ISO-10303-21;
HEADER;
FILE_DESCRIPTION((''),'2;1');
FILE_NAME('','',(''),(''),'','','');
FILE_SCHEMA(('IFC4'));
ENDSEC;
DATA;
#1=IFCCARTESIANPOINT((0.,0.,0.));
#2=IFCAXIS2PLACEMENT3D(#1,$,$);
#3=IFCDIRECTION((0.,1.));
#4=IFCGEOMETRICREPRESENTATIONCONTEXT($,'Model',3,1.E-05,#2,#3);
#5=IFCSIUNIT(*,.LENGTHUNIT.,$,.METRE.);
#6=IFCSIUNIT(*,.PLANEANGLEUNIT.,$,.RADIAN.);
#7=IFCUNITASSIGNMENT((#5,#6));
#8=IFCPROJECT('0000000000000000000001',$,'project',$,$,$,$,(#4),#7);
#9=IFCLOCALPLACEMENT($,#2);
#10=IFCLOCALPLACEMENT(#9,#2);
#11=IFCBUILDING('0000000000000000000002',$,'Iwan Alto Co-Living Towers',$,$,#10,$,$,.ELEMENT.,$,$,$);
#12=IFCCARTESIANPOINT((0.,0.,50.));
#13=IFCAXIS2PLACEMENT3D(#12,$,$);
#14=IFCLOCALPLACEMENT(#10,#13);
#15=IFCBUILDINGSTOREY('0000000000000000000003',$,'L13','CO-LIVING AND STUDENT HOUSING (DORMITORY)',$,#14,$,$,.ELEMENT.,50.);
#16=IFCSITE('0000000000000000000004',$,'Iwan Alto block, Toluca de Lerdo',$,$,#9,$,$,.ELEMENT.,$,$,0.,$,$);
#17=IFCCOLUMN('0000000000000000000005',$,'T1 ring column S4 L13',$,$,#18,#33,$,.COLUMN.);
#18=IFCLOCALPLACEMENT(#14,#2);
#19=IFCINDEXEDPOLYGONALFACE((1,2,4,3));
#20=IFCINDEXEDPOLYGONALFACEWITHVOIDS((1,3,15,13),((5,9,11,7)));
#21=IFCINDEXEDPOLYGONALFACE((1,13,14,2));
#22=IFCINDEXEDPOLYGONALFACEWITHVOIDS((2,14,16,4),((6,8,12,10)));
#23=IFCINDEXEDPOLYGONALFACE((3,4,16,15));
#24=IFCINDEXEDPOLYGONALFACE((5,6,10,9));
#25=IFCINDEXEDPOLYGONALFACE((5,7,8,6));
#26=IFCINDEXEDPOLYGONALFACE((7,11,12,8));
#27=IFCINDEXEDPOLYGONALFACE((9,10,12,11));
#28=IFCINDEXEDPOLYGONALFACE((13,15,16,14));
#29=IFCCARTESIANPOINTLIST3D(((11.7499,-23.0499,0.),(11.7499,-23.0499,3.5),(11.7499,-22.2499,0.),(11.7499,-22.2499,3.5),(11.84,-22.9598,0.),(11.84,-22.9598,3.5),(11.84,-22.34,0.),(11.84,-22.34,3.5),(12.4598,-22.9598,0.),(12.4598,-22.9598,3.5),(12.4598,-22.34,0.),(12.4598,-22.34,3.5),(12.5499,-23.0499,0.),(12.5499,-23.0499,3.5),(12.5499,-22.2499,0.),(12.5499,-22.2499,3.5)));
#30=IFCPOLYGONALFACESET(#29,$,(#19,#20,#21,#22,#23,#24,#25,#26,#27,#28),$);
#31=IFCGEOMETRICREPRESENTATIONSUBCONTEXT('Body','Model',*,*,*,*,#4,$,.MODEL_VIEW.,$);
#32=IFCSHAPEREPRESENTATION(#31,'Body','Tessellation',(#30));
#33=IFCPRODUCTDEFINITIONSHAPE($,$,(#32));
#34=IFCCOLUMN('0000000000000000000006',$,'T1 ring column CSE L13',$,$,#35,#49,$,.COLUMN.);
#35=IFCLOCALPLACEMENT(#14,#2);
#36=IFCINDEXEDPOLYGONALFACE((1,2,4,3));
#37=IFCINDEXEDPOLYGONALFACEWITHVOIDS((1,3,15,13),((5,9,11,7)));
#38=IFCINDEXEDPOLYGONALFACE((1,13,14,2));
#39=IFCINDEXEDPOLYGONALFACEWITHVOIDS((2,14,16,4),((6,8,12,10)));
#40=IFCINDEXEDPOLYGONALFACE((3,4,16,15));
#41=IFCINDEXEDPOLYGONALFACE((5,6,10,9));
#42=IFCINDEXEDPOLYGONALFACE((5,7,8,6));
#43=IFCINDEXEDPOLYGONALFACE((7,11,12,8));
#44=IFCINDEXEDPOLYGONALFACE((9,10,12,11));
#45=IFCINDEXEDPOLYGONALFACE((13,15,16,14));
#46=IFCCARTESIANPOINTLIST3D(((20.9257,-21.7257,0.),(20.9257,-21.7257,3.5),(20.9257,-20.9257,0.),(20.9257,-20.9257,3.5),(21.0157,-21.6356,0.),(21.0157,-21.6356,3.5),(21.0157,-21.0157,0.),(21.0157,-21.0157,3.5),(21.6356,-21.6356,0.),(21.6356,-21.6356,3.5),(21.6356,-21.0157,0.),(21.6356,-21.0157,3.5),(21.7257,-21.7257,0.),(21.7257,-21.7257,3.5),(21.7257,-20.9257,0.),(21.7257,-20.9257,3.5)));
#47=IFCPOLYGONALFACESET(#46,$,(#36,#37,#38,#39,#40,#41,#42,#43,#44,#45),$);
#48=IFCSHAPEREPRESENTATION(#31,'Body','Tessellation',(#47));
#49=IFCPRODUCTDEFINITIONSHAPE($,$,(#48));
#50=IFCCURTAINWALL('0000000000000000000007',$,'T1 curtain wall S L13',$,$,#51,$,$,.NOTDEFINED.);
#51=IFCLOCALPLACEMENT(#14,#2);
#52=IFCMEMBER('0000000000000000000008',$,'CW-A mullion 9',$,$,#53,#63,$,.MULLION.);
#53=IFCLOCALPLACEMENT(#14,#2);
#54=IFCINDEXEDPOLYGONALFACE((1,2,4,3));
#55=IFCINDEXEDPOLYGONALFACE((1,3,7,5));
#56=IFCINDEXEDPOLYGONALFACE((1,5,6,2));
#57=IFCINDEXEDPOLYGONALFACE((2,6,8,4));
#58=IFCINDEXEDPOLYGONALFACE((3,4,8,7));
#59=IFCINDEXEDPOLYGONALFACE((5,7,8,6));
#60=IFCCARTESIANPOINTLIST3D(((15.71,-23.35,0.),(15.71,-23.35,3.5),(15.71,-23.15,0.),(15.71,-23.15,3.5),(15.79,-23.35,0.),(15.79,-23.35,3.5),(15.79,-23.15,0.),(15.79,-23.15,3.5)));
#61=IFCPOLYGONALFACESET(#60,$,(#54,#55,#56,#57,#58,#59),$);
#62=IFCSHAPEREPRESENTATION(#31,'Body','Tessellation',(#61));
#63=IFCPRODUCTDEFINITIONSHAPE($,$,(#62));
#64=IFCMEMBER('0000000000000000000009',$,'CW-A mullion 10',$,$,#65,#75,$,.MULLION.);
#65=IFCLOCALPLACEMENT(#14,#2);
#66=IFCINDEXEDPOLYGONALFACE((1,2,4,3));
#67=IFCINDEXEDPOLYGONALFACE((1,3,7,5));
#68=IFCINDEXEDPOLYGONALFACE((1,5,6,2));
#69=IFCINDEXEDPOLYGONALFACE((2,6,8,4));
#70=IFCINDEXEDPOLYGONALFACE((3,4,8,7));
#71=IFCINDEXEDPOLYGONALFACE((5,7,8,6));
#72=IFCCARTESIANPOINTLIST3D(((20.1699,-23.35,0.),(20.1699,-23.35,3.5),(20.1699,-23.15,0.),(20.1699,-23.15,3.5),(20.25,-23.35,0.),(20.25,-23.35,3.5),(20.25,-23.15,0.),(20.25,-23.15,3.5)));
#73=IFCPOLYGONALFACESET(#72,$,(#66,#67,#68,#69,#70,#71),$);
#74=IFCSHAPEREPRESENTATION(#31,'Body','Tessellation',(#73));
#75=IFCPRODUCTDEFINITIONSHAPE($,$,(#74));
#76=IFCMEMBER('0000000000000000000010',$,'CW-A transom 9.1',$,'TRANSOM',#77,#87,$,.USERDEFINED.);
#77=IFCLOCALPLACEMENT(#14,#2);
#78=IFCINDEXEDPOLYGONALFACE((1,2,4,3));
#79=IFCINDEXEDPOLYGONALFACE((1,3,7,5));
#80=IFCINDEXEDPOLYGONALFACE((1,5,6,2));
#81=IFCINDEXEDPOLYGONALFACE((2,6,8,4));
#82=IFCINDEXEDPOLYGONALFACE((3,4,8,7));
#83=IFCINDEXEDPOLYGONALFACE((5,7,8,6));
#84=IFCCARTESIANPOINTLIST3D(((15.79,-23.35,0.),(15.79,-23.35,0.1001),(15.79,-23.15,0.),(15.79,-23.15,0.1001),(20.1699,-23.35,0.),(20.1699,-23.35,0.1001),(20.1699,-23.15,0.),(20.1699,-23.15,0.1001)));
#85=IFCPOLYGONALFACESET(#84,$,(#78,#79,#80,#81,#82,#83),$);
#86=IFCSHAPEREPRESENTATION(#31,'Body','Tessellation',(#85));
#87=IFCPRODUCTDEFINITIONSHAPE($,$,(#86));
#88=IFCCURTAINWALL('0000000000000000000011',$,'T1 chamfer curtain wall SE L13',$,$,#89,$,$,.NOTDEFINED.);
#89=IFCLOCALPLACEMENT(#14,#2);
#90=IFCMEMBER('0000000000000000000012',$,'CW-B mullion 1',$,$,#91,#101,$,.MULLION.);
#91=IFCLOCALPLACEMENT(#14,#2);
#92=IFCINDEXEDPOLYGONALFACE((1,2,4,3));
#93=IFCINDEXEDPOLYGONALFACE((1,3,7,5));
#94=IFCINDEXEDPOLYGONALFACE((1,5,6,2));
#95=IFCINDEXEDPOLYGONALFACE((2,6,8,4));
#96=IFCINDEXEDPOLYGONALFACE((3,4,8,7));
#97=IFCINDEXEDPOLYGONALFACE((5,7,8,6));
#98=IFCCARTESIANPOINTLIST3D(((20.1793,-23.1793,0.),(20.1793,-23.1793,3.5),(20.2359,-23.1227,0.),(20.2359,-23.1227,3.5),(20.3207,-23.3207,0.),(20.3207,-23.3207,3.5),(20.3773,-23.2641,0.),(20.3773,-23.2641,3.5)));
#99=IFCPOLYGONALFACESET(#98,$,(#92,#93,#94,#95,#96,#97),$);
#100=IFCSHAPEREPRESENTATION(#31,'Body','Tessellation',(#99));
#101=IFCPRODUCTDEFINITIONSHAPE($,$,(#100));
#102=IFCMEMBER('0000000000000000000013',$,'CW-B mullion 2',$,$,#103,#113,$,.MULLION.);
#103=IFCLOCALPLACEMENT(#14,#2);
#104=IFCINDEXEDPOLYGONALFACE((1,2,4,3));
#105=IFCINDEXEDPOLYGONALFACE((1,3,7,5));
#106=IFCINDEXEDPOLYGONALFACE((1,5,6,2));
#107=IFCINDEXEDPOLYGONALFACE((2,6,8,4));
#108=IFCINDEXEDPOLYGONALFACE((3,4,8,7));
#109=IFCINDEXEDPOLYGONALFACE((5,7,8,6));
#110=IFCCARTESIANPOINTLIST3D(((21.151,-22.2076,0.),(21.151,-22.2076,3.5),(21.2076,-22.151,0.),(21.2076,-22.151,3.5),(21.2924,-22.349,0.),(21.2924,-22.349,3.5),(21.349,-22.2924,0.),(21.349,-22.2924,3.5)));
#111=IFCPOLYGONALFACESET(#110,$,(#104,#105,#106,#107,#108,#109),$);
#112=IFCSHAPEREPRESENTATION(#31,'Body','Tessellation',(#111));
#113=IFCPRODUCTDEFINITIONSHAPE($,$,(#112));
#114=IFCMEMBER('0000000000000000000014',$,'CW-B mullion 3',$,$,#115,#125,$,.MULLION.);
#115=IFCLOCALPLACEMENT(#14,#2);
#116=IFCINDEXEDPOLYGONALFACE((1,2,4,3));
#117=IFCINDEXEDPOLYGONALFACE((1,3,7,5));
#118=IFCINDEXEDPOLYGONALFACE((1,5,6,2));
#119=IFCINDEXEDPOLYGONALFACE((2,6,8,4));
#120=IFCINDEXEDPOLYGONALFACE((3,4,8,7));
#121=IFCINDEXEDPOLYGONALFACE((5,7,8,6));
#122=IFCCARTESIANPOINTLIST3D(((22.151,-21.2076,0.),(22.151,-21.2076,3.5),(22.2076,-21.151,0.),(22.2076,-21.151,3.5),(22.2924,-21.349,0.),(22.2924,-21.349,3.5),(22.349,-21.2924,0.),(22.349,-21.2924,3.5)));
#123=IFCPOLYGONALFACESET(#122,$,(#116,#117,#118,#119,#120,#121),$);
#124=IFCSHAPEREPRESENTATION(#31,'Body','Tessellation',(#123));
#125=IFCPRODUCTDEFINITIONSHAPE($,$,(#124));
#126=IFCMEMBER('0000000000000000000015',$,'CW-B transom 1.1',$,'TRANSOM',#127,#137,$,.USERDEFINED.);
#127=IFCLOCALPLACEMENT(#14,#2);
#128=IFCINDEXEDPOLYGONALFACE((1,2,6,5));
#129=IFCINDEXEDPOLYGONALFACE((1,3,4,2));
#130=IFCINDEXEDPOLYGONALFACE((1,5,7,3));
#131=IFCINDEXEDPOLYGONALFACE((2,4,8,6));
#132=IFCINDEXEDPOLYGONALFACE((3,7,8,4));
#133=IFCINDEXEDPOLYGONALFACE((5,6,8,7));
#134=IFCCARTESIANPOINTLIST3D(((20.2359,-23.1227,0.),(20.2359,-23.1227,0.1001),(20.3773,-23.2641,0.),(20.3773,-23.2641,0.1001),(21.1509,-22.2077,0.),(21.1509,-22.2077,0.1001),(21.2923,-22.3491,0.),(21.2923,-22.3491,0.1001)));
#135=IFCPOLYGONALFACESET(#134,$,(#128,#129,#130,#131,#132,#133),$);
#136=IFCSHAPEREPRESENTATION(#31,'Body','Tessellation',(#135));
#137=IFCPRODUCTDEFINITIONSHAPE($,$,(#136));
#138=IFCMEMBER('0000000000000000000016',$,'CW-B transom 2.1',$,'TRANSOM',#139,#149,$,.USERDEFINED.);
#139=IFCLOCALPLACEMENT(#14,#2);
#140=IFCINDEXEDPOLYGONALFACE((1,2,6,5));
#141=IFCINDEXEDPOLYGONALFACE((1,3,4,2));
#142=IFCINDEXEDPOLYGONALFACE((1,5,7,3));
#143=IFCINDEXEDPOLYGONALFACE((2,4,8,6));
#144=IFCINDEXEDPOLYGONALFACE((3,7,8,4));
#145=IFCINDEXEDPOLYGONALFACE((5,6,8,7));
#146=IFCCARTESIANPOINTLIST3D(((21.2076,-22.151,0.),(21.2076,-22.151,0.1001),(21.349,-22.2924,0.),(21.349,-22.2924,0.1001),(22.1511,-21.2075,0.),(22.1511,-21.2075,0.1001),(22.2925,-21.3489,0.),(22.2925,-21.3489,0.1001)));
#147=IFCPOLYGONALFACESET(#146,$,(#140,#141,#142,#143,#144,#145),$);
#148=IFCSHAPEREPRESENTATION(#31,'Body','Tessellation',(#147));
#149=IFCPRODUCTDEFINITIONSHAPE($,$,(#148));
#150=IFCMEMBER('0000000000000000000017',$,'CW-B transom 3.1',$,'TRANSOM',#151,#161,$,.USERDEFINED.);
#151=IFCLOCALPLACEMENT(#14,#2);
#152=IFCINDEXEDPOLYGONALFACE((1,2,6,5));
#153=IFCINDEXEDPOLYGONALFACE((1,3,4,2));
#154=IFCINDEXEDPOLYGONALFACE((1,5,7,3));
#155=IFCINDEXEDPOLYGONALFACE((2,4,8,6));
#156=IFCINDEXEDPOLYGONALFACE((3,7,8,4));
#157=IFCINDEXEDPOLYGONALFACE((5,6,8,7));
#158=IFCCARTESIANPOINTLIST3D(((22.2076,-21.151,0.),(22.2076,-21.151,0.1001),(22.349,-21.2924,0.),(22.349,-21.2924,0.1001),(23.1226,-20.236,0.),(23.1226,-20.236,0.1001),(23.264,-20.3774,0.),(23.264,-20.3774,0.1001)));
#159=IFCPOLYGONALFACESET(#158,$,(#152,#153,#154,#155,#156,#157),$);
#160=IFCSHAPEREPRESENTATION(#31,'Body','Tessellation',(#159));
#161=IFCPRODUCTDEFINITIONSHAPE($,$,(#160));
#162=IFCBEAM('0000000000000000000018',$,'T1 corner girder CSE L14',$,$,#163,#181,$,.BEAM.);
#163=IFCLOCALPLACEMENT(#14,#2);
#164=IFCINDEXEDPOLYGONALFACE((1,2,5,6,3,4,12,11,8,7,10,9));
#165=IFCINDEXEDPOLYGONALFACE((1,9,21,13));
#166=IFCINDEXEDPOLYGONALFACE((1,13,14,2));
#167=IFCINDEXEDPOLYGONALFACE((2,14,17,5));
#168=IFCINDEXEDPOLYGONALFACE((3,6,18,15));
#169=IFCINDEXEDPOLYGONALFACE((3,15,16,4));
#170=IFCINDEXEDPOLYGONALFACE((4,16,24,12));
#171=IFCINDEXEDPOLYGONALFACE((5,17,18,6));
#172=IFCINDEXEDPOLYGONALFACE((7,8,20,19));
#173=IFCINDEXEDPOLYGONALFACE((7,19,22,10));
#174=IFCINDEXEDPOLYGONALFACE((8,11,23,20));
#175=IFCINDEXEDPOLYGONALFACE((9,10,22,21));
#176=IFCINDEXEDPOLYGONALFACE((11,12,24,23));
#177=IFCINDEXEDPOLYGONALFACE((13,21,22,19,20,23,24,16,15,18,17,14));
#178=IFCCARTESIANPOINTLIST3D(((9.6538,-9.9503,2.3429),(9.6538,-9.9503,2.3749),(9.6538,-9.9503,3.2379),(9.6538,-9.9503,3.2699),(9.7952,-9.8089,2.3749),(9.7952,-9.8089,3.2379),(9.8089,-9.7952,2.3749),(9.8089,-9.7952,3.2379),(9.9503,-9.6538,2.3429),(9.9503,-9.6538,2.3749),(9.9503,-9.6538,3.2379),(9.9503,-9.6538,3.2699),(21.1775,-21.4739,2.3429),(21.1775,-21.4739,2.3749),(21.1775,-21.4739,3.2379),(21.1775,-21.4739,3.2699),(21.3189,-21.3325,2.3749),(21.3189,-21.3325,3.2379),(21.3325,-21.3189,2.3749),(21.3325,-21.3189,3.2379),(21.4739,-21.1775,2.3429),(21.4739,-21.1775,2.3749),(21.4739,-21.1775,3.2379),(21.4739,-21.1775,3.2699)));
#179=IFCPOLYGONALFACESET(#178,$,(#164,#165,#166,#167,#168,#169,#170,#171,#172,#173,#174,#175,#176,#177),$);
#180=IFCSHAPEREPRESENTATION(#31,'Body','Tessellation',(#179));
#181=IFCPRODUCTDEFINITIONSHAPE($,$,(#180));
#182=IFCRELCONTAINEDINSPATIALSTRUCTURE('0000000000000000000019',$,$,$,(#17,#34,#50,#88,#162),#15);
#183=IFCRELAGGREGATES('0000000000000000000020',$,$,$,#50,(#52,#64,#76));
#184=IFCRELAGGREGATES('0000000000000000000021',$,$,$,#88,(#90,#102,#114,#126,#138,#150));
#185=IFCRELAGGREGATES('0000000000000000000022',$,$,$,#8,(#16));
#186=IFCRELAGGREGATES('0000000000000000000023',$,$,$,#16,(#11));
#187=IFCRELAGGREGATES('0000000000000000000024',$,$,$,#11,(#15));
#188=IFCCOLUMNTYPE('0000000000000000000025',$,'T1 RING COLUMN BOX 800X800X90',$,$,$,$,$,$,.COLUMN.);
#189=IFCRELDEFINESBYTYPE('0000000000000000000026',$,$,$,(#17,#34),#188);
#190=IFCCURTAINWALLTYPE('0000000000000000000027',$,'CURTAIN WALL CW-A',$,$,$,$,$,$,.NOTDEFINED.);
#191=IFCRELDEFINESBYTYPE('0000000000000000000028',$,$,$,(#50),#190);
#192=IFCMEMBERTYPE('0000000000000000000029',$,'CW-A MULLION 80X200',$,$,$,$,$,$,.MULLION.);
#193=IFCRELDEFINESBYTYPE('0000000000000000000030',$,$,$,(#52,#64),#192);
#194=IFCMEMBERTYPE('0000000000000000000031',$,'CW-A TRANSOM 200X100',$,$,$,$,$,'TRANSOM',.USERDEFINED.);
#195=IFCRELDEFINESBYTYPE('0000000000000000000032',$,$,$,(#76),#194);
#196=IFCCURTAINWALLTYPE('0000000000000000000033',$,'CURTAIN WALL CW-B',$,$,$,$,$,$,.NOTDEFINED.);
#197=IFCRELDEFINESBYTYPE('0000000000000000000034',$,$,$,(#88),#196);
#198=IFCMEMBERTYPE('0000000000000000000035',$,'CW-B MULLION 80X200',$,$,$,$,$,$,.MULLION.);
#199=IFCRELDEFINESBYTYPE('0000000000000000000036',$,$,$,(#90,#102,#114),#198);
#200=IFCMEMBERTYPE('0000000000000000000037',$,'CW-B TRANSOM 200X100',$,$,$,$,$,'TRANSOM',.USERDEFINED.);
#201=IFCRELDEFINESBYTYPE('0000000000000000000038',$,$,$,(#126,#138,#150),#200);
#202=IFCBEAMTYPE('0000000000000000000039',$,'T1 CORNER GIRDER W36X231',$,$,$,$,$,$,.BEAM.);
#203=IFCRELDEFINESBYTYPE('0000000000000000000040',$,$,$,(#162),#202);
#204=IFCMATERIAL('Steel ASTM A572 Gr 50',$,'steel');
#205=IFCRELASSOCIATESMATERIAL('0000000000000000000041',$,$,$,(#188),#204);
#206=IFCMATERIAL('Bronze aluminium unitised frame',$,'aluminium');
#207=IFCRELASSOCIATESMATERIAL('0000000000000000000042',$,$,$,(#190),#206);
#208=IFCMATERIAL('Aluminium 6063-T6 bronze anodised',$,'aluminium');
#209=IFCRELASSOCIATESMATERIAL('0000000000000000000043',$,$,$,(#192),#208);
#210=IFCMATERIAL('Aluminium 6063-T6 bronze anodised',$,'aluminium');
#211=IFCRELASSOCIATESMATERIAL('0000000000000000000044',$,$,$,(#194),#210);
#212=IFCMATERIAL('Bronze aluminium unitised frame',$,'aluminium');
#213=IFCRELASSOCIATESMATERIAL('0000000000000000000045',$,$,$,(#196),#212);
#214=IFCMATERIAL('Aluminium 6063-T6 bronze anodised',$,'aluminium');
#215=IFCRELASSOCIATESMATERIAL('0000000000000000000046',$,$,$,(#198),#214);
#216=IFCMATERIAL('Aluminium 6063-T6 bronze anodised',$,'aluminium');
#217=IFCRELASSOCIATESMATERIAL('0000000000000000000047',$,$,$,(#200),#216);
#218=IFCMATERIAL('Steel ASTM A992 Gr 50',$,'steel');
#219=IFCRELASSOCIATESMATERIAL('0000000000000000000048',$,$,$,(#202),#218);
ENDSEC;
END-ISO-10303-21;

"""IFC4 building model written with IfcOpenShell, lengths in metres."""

from ifc_helpers import new_model, si_unit, direction, frame, origin, origin_2d, place, context, subcontext, project, spatial, rectangle, hollow_rectangle, i_section, extrude, material, material_profile, profile_set, type_object, element, aggregate, save


model = new_model("IFC4")

# Units and contexts
model_context = context("Model", 3, precision=1e-05, world=origin(), true_north=direction((0.0, 1.0)))
body_context = subcontext(model_context, "Body", "Model", "MODEL_VIEW")
ifc_project = project(units=[si_unit("LENGTHUNIT", "METRE"), si_unit("PLANEANGLEUNIT", "RADIAN")], contexts=[model_context])

# Site, building, storey
site_placement = place(None, origin())
site = spatial("IfcSite", under=ifc_project, at=site_placement, Name="Iwan Alto block, Toluca de Lerdo", CompositionType="ELEMENT", RefElevation=0.0)
building_placement = place(site_placement, origin())
building = spatial("IfcBuilding", under=site, at=building_placement, Name="Iwan Alto Co-Living Towers", CompositionType="ELEMENT")
storey_placement = place(building_placement, frame((0.0, 0.0, 50.0)))
storey = spatial("IfcBuildingStorey", under=building, at=storey_placement, Name="L13", Description="CO-LIVING AND STUDENT HOUSING (DORMITORY)", CompositionType="ELEMENT", Elevation=50.0)

# Columns
ifc_material_1 = material(Name="Steel ASTM A572 Gr 50", Category="steel")
ifc_material_profile_1 = material_profile(ifc_material_1, hollow_rectangle(XDim=0.8, YDim=0.8, WallThickness=0.0901, at=origin_2d()), Name="BOX 800X800X90")
ifc_profile_set_1 = profile_set([ifc_material_profile_1], Name="Steel ASTM A572 Gr 50")
column_type = type_object("IfcColumnType", Name="T1 RING COLUMN BOX 800X800X90", PredefinedType="COLUMN", material=ifc_profile_set_1)
for number, where, z_axis, x_axis, name in (
    (1, (12.1499, -22.6499, 0.0), (0.0, 0.0, 1.0), (1.0, 0.0, 0.0), "T1 ring column S4 L13"),
    (2, (21.3257, -21.3257, 0.0), (0.0, 0.0, 1.0), (1.0, 0.0, 0.0), "T1 ring column CSE L13"),
):
    element("IfcColumn", number, at=place(storey_placement, frame(where, z_axis=z_axis, x_axis=x_axis)), inside=storey, type_object=column_type, Name=name, PredefinedType="COLUMN", context=body_context, shape_type="SweptSolid", body=[
        extrude(hollow_rectangle(XDim=0.8, YDim=0.8, WallThickness=0.0901, at=origin_2d()), origin(), (0.0, 0.0, 1.0), 3.5),
    ])

# Curtain walls, members
ifc_material_2 = material(Name="Bronze aluminium unitised frame", Category="aluminium")
curtain_wall_type_1 = type_object("IfcCurtainWallType", Name="CURTAIN WALL CW-A", PredefinedType="NOTDEFINED", material=ifc_material_2)
curtain_wall_1_placement = place(storey_placement, origin())
curtain_wall_1 = element("IfcCurtainWall", 3, at=curtain_wall_1_placement, inside=storey, type_object=curtain_wall_type_1, Name="T1 curtain wall S L13", PredefinedType="NOTDEFINED")
ifc_material_3 = material(Name="Aluminium 6063-T6 bronze anodised", Category="aluminium")
ifc_material_profile_2 = material_profile(ifc_material_3, rectangle(XDim=0.2, YDim=0.0801, at=origin_2d()), Name="AL 80X200")
ifc_profile_set_2 = profile_set([ifc_material_profile_2], Name="Aluminium 6063-T6 bronze anodised")
member_type_1 = type_object("IfcMemberType", Name="CW-A MULLION 80X200", PredefinedType="MULLION", material=ifc_profile_set_2)
member_1_placement = place(storey_placement, frame((15.75, -23.25, 0.0), z_axis=(0.0, 0.0, 1.0), x_axis=(0.0, 1.0, 0.0)))
member_1 = element("IfcMember", 4, at=member_1_placement, type_object=member_type_1, Name="CW-A mullion 9", PredefinedType="MULLION", context=body_context, shape_type="SweptSolid", body=[
    extrude(rectangle(XDim=0.2, YDim=0.0801, at=origin_2d()), origin(), (0.0, 0.0, 1.0), 3.5),
])
member_2_placement = place(storey_placement, frame((20.21, -23.25, 0.0), z_axis=(0.0, 0.0, 1.0), x_axis=(0.0, 1.0, 0.0)))
member_2 = element("IfcMember", 5, at=member_2_placement, type_object=member_type_1, Name="CW-A mullion 10", PredefinedType="MULLION", context=body_context, shape_type="SweptSolid", body=[
    extrude(rectangle(XDim=0.2, YDim=0.0801, at=origin_2d()), origin(), (0.0, 0.0, 1.0), 3.5),
])
ifc_material_4 = material(Name="Aluminium 6063-T6 bronze anodised", Category="aluminium")
ifc_material_profile_3 = material_profile(ifc_material_4, rectangle(XDim=0.2, YDim=0.1001, at=origin_2d()), Name="AL 200X100")
ifc_profile_set_3 = profile_set([ifc_material_profile_3], Name="Aluminium 6063-T6 bronze anodised")
member_type_2 = type_object("IfcMemberType", Name="CW-A TRANSOM 200X100", ElementType="TRANSOM", PredefinedType="USERDEFINED", material=ifc_profile_set_3)
member_3_placement = place(storey_placement, frame((15.79, -23.25, 0.05), z_axis=(1.0, 0.0, 0.0), x_axis=(0.0, 1.0, 0.0)))
member_3 = element("IfcMember", 6, at=member_3_placement, type_object=member_type_2, Name="CW-A transom 9.1", ObjectType="TRANSOM", PredefinedType="USERDEFINED", context=body_context, shape_type="SweptSolid", body=[
    extrude(rectangle(XDim=0.2, YDim=0.1001, at=origin_2d()), origin(), (0.0, 0.0, 1.0), 4.3799),
])
ifc_material_5 = material(Name="Bronze aluminium unitised frame", Category="aluminium")
curtain_wall_type_2 = type_object("IfcCurtainWallType", Name="CURTAIN WALL CW-B", PredefinedType="NOTDEFINED", material=ifc_material_5)
curtain_wall_2_placement = place(storey_placement, origin())
curtain_wall_2 = element("IfcCurtainWall", 7, at=curtain_wall_2_placement, inside=storey, type_object=curtain_wall_type_2, Name="T1 chamfer curtain wall SE L13", PredefinedType="NOTDEFINED")
ifc_material_6 = material(Name="Aluminium 6063-T6 bronze anodised", Category="aluminium")
ifc_material_profile_4 = material_profile(ifc_material_6, rectangle(XDim=0.2, YDim=0.0801, at=origin_2d()), Name="AL 80X200")
ifc_profile_set_4 = profile_set([ifc_material_profile_4], Name="Aluminium 6063-T6 bronze anodised")
member_type_3 = type_object("IfcMemberType", Name="CW-B MULLION 80X200", PredefinedType="MULLION", material=ifc_profile_set_4)
member_4_placement = place(storey_placement, frame((20.2783, -23.2217, 0.0), z_axis=(0.0, 0.0, 1.0), x_axis=(-0.707107, 0.707107, 0.0)))
member_4 = element("IfcMember", 8, at=member_4_placement, type_object=member_type_3, Name="CW-B mullion 1", PredefinedType="MULLION", context=body_context, shape_type="SweptSolid", body=[
    extrude(rectangle(XDim=0.2, YDim=0.0801, at=origin_2d()), origin(), (0.0, 0.0, 1.0), 3.5),
])
member_5_placement = place(storey_placement, frame((21.25, -22.25, 0.0), z_axis=(0.0, 0.0, 1.0), x_axis=(-0.707107, 0.707107, 0.0)))
member_5 = element("IfcMember", 9, at=member_5_placement, type_object=member_type_3, Name="CW-B mullion 2", PredefinedType="MULLION", context=body_context, shape_type="SweptSolid", body=[
    extrude(rectangle(XDim=0.2, YDim=0.0801, at=origin_2d()), origin(), (0.0, 0.0, 1.0), 3.5),
])
member_6_placement = place(storey_placement, frame((22.25, -21.25, 0.0), z_axis=(0.0, 0.0, 1.0), x_axis=(-0.707107, 0.707107, 0.0)))
member_6 = element("IfcMember", 10, at=member_6_placement, type_object=member_type_3, Name="CW-B mullion 3", PredefinedType="MULLION", context=body_context, shape_type="SweptSolid", body=[
    extrude(rectangle(XDim=0.2, YDim=0.0801, at=origin_2d()), origin(), (0.0, 0.0, 1.0), 3.5),
])
ifc_material_7 = material(Name="Aluminium 6063-T6 bronze anodised", Category="aluminium")
ifc_material_profile_5 = material_profile(ifc_material_7, rectangle(XDim=0.2, YDim=0.1001, at=origin_2d()), Name="AL 200X100")
ifc_profile_set_5 = profile_set([ifc_material_profile_5], Name="Aluminium 6063-T6 bronze anodised")
member_type_4 = type_object("IfcMemberType", Name="CW-B TRANSOM 200X100", ElementType="TRANSOM", PredefinedType="USERDEFINED", material=ifc_profile_set_5)
member_7_placement = place(storey_placement, frame((20.3066, -23.1934, 0.05), z_axis=(0.707107, 0.707107, 0.0), x_axis=(-0.707107, 0.707107, 0.0)))
member_7 = element("IfcMember", 11, at=member_7_placement, type_object=member_type_4, Name="CW-B transom 1.1", ObjectType="TRANSOM", PredefinedType="USERDEFINED", context=body_context, shape_type="SweptSolid", body=[
    extrude(rectangle(XDim=0.2, YDim=0.1001, at=origin_2d()), origin(), (0.0, 0.0, 1.0), 1.2939),
])
member_8_placement = place(storey_placement, frame((21.2783, -22.2217, 0.05), z_axis=(0.707107, 0.707107, 0.0), x_axis=(-0.707107, 0.707107, 0.0)))
member_8 = element("IfcMember", 12, at=member_8_placement, type_object=member_type_4, Name="CW-B transom 2.1", ObjectType="TRANSOM", PredefinedType="USERDEFINED", context=body_context, shape_type="SweptSolid", body=[
    extrude(rectangle(XDim=0.2, YDim=0.1001, at=origin_2d()), origin(), (0.0, 0.0, 1.0), 1.3342),
])
member_9_placement = place(storey_placement, frame((22.2783, -21.2217, 0.05), z_axis=(0.707107, 0.707107, 0.0), x_axis=(-0.707107, 0.707107, 0.0)))
member_9 = element("IfcMember", 13, at=member_9_placement, type_object=member_type_4, Name="CW-B transom 3.1", ObjectType="TRANSOM", PredefinedType="USERDEFINED", context=body_context, shape_type="SweptSolid", body=[
    extrude(rectangle(XDim=0.2, YDim=0.1001, at=origin_2d()), origin(), (0.0, 0.0, 1.0), 1.2939),
])

# Beam
ifc_material_8 = material(Name="Steel ASTM A992 Gr 50", Category="steel")
ifc_material_profile_6 = material_profile(ifc_material_8, i_section(OverallWidth=0.4192, OverallDepth=0.927, WebThickness=0.0193, FlangeThickness=0.032, at=origin_2d()), Name="W36X231")
ifc_profile_set_6 = profile_set([ifc_material_profile_6], Name="Steel ASTM A992 Gr 50")
beam_type_1 = type_object("IfcBeamType", Name="T1 CORNER GIRDER W36X231", PredefinedType="BEAM", material=ifc_profile_set_6)
beam_1_placement = place(storey_placement, frame((21.3257, -21.3257, 2.8064), z_axis=(-0.707107, 0.707107, 0.0), x_axis=(-0.707107, -0.707107, 0.0)))
element("IfcBeam", 14, at=beam_1_placement, inside=storey, type_object=beam_type_1, Name="T1 corner girder CSE L14", PredefinedType="BEAM", context=body_context, shape_type="SweptSolid", body=[
    extrude(i_section(OverallWidth=0.4192, OverallDepth=0.927, WebThickness=0.0193, FlangeThickness=0.032, at=origin_2d()), origin(), (0.0, 0.0, 1.0), 16.2969),
])

aggregate(curtain_wall_1, [member_1, member_2, member_3])
aggregate(curtain_wall_2, [member_4, member_5, member_6, member_7, member_8, member_9])

save(model, "model.ifc")
